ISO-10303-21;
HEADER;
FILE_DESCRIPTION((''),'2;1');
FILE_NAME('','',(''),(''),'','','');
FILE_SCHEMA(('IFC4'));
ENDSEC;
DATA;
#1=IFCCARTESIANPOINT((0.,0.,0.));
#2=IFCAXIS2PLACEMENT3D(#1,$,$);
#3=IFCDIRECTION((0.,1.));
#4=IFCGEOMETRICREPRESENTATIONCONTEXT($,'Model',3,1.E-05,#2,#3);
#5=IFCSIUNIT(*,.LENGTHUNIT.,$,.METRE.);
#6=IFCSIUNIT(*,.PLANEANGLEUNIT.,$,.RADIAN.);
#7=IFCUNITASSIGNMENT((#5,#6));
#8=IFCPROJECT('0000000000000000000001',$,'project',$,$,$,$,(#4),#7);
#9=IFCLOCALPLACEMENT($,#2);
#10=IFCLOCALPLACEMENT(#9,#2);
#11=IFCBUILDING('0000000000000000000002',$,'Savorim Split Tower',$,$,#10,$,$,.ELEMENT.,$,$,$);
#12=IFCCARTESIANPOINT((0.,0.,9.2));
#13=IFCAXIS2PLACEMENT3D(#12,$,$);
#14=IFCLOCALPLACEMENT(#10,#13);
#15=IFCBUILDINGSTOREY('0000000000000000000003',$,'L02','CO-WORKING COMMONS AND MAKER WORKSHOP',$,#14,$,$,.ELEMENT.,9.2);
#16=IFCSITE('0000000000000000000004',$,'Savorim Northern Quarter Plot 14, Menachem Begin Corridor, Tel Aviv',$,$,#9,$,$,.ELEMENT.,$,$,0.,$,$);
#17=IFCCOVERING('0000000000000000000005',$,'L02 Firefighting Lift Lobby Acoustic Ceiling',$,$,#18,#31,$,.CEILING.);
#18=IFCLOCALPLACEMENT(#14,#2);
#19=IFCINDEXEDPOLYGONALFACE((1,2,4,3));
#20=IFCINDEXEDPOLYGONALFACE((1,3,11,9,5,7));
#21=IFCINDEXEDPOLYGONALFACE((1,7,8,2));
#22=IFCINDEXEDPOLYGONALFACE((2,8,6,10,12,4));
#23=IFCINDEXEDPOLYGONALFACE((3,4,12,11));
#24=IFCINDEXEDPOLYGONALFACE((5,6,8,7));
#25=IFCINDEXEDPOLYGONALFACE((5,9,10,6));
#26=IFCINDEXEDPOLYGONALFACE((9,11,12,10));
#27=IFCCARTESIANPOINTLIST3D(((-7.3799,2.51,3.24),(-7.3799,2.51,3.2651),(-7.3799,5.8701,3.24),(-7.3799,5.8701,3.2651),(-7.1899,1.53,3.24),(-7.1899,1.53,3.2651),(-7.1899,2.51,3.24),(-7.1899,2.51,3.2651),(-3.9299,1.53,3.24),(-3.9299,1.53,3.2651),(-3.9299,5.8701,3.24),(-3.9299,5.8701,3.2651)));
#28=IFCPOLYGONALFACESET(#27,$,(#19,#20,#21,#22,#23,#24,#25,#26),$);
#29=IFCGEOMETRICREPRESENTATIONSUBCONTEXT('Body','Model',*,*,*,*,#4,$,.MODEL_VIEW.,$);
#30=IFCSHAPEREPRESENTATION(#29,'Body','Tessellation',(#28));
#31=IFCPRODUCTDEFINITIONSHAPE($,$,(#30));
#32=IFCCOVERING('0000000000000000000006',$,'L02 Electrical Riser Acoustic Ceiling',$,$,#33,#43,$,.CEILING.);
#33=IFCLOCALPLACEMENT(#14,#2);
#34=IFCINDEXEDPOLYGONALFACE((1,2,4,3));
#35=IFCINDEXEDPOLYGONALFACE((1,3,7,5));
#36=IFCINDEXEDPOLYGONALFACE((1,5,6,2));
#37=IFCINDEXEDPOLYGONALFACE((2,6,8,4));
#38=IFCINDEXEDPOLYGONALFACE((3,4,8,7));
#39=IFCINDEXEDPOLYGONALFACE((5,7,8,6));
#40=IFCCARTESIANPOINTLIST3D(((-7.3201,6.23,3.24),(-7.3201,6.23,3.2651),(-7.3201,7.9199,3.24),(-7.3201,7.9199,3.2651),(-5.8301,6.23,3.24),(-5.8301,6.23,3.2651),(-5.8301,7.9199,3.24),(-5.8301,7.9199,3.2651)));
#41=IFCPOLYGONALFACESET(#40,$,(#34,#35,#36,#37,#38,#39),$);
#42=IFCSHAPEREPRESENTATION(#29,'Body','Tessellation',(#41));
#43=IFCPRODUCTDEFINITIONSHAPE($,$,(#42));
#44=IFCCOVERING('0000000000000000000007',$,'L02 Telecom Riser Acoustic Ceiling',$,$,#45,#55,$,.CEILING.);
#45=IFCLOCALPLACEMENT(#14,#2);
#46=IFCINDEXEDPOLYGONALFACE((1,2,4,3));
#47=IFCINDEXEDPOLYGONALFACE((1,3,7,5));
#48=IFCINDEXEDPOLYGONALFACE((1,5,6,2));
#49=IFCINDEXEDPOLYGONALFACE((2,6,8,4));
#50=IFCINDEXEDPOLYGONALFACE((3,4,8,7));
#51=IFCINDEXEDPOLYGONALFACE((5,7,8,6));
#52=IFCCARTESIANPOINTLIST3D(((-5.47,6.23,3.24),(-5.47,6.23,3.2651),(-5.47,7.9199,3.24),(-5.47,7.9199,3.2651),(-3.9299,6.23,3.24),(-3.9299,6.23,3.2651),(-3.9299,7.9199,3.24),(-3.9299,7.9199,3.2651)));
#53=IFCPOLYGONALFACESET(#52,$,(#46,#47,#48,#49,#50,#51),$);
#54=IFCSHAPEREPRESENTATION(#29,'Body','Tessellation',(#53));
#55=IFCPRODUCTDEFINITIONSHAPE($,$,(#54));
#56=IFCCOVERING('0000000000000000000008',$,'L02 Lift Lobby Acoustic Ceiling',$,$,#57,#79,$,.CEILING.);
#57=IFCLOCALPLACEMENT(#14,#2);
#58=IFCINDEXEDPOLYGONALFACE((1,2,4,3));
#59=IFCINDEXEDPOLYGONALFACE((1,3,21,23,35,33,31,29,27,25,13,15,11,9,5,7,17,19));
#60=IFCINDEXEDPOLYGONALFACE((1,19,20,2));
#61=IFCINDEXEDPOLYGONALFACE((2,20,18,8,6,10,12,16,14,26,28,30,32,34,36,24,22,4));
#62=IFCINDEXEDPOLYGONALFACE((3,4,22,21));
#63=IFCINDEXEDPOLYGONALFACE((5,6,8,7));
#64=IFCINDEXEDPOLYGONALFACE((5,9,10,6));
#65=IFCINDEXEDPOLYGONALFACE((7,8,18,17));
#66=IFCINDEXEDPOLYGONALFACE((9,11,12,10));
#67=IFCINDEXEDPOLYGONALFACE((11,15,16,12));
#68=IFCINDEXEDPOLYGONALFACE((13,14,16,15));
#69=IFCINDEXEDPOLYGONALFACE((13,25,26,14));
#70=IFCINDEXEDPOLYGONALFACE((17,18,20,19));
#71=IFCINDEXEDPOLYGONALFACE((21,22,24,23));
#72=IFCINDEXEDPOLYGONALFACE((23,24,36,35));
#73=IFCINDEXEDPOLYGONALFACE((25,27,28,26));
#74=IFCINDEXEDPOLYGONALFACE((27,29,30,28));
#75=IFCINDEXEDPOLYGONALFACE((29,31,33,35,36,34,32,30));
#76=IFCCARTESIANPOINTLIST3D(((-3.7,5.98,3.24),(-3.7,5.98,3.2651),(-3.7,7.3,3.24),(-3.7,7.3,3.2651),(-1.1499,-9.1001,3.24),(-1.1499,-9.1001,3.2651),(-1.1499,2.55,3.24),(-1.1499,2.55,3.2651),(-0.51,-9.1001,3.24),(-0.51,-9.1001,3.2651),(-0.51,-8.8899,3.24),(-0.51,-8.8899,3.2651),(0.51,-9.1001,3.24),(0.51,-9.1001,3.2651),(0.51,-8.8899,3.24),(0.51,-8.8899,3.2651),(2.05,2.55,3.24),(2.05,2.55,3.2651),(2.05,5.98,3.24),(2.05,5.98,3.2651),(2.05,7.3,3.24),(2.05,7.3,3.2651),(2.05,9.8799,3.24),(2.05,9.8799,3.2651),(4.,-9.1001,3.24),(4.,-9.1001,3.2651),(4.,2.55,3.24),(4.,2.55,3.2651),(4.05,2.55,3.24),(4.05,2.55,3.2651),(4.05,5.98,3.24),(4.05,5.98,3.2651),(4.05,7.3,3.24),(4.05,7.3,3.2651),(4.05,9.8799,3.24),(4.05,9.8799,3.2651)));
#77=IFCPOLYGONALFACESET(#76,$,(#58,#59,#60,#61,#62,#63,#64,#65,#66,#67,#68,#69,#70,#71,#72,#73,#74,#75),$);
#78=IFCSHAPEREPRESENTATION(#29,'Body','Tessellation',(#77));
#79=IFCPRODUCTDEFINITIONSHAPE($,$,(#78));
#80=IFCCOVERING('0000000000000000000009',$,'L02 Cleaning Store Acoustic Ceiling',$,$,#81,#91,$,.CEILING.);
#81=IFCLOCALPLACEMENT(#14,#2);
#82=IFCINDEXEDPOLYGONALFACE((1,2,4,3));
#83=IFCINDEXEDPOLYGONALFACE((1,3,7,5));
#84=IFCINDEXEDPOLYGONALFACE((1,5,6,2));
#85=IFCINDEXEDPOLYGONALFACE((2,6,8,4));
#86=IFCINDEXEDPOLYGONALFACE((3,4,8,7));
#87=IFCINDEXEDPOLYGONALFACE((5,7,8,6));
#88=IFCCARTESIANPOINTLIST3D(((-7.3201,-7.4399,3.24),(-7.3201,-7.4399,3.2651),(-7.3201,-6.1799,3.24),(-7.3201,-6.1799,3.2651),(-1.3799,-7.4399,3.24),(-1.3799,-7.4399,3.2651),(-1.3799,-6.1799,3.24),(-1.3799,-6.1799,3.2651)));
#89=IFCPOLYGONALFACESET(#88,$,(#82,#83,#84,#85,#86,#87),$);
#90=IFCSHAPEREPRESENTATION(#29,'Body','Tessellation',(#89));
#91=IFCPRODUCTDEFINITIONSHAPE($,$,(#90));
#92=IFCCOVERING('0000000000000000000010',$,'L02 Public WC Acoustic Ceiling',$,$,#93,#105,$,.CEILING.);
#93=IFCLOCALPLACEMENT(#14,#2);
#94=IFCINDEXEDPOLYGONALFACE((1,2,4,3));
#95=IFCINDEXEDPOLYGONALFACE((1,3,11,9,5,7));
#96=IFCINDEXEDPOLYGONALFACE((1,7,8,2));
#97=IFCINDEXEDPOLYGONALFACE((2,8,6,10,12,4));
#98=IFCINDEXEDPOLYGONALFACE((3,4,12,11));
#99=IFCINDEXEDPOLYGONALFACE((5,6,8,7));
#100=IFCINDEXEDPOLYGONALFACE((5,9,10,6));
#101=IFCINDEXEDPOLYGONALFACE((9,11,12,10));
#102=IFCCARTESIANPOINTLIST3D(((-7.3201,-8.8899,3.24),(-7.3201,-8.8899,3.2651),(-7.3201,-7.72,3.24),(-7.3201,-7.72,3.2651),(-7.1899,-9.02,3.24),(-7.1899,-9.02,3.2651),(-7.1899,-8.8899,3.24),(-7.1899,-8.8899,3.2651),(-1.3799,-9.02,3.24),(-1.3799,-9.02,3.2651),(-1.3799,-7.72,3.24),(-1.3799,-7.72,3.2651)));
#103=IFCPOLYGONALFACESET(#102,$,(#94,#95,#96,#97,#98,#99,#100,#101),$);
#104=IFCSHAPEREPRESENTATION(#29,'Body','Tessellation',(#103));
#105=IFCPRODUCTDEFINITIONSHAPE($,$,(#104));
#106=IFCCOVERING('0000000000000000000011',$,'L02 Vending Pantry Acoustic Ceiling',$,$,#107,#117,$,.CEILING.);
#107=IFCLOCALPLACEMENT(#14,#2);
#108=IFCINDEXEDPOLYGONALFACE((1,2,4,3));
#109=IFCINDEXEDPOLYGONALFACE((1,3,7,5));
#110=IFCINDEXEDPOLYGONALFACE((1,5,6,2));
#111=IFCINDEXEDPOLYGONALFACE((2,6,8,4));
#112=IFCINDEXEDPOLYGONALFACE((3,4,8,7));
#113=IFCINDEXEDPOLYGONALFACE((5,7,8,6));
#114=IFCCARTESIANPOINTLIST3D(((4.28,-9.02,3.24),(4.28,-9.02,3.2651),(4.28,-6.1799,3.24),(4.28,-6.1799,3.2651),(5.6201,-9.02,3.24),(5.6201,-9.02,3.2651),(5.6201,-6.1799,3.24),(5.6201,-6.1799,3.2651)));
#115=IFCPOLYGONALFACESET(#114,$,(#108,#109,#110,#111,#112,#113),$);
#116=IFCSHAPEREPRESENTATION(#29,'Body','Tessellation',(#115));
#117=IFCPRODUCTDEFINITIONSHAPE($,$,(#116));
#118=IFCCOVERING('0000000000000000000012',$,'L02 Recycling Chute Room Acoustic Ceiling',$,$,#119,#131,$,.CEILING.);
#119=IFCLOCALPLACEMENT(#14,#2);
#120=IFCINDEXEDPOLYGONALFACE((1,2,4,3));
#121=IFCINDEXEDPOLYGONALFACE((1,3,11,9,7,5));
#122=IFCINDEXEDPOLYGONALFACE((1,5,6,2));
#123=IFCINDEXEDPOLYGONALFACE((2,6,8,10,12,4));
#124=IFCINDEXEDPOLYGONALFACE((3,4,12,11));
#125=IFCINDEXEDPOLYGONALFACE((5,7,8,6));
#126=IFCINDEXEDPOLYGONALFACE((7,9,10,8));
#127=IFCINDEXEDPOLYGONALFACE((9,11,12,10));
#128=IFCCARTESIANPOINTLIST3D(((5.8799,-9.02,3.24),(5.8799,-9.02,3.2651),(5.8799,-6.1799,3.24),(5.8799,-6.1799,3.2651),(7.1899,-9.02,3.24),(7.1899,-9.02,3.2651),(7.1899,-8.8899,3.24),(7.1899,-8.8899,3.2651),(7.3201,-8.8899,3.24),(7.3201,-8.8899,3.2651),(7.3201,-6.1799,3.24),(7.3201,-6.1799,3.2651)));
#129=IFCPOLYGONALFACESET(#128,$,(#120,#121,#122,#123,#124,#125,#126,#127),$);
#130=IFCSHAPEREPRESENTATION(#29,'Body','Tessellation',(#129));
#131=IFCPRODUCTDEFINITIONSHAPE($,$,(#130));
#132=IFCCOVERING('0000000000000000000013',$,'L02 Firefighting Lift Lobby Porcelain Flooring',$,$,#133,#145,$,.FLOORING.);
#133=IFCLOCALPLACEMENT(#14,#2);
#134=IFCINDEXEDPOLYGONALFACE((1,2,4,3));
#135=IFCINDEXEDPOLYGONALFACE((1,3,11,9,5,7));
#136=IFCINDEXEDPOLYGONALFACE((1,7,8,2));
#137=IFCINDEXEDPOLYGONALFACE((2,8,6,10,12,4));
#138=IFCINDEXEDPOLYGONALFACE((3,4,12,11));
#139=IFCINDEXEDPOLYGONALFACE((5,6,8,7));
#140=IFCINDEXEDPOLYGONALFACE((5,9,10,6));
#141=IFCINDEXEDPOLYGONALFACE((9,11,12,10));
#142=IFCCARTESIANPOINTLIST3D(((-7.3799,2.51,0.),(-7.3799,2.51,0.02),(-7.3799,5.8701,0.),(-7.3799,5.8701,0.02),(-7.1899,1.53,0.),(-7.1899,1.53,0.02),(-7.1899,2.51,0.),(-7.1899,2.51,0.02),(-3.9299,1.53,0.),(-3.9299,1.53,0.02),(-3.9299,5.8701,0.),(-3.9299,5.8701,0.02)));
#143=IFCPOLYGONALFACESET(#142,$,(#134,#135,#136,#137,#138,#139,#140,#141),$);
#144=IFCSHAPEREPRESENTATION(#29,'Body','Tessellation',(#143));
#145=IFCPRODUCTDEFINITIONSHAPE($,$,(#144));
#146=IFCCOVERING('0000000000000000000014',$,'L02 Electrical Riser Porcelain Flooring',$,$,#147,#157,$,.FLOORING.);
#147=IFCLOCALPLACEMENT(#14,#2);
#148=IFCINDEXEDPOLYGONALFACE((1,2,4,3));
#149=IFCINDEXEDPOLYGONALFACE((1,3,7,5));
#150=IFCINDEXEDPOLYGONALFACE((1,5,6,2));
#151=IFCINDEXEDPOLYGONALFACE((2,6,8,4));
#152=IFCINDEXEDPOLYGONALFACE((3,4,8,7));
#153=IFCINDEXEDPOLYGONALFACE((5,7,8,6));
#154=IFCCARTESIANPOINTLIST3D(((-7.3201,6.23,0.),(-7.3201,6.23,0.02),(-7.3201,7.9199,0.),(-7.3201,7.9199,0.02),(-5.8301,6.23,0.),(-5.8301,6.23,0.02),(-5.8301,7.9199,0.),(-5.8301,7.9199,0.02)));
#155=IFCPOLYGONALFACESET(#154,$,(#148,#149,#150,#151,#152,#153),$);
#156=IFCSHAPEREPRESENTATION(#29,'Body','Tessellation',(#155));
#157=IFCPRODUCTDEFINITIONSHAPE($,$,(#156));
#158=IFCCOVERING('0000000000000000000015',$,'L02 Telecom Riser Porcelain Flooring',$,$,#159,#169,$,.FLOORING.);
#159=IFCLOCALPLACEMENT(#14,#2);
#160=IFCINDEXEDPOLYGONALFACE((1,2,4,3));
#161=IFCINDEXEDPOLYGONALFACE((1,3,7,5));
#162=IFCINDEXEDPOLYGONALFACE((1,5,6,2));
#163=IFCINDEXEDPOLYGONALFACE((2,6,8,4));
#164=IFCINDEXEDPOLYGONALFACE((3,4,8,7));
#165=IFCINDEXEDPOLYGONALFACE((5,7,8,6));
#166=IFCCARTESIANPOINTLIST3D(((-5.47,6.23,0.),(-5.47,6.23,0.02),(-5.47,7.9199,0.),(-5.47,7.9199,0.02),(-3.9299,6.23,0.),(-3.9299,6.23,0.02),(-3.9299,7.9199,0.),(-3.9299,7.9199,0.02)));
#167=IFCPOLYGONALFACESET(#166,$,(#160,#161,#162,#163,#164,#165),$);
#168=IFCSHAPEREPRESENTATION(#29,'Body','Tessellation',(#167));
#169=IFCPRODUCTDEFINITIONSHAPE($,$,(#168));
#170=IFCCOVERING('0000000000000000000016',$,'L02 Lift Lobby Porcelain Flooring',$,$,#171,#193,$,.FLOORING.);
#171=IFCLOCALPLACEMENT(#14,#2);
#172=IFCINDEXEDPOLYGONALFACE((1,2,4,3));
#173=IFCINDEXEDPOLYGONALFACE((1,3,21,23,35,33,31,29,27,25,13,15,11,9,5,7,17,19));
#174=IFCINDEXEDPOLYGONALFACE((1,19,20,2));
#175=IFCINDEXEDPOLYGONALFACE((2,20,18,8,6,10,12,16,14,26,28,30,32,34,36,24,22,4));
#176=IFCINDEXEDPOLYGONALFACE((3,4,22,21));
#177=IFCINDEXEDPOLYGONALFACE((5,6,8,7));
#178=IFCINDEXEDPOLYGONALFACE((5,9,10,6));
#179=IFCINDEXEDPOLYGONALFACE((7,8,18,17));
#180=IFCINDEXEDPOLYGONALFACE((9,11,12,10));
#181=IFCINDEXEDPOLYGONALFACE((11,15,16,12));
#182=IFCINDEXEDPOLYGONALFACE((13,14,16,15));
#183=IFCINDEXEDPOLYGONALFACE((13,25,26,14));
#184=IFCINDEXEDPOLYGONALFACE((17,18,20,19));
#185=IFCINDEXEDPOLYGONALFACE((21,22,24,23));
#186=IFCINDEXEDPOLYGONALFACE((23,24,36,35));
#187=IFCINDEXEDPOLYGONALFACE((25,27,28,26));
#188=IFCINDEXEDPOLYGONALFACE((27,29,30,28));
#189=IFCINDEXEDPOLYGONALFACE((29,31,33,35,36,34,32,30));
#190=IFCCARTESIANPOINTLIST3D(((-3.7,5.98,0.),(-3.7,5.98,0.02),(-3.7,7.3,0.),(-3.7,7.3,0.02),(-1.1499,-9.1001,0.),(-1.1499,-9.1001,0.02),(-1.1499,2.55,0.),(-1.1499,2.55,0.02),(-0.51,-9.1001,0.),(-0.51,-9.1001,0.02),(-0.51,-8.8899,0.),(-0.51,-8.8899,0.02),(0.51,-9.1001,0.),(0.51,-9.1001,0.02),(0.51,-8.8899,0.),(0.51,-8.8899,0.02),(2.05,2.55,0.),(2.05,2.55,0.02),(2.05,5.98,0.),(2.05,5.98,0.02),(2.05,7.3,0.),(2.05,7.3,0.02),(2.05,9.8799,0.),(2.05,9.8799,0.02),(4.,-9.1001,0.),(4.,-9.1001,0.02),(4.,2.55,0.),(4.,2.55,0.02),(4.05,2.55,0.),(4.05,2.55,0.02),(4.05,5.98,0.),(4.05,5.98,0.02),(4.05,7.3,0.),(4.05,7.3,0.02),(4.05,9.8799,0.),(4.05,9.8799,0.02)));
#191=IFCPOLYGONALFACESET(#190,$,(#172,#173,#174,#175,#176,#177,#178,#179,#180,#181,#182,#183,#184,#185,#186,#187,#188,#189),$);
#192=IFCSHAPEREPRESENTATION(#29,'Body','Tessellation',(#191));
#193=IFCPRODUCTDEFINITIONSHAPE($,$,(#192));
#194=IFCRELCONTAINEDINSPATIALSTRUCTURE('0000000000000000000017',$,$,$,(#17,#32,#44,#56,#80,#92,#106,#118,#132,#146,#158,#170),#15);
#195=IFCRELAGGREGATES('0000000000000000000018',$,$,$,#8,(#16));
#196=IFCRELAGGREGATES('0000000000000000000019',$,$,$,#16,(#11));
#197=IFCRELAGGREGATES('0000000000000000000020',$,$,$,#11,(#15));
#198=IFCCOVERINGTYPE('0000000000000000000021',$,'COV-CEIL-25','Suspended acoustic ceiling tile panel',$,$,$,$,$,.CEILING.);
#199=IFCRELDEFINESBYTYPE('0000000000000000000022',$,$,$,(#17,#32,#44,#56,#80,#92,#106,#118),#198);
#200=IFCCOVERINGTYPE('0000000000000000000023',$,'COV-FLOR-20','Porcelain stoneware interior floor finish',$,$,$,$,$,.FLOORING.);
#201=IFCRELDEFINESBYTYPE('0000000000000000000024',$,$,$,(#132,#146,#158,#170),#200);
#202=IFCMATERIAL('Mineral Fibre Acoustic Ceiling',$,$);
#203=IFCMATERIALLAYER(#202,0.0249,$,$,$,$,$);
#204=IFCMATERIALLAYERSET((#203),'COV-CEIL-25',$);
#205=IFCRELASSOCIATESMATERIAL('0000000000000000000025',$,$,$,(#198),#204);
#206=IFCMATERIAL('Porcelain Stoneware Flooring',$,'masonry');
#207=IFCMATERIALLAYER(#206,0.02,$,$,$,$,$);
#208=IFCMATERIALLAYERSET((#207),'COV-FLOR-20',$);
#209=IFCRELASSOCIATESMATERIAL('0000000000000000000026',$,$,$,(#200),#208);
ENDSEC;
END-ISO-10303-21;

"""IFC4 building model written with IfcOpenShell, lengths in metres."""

from ifc_helpers import new_model, si_unit, direction, frame, origin, place, context, subcontext, project, spatial, polyline, outline, extrude, material, layer, layer_set, type_object, element, save


model = new_model("IFC4")

# Units and contexts
model_context = context("Model", 3, precision=1e-05, world=origin(), true_north=direction((0.0, 1.0)))
body_context = subcontext(model_context, "Body", "Model", "MODEL_VIEW")
ifc_project = project(units=[si_unit("LENGTHUNIT", "METRE"), si_unit("PLANEANGLEUNIT", "RADIAN")], contexts=[model_context])

# Site, building, storey
site_placement = place(None, origin())
site = spatial("IfcSite", under=ifc_project, at=site_placement, Name="Savorim Northern Quarter Plot 14, Menachem Begin Corridor, Tel Aviv", CompositionType="ELEMENT", RefElevation=0.0)
building_placement = place(site_placement, origin())
building = spatial("IfcBuilding", under=site, at=building_placement, Name="Savorim Split Tower", CompositionType="ELEMENT")
storey_placement = place(building_placement, frame((0.0, 0.0, 9.2)))
storey = spatial("IfcBuildingStorey", under=building, at=storey_placement, Name="L02", Description="CO-WORKING COMMONS AND MAKER WORKSHOP", CompositionType="ELEMENT", Elevation=9.2)

# Coverings
ifc_material_1 = material(Name="Mineral Fibre Acoustic Ceiling")
ifc_layer_1 = layer(ifc_material_1, 0.0249)
ifc_layer_set_1 = layer_set([ifc_layer_1], Name="COV-CEIL-25")
covering_type_1 = type_object("IfcCoveringType", Name="COV-CEIL-25", Description="Suspended acoustic ceiling tile panel", PredefinedType="CEILING", material=ifc_layer_set_1)
covering_1_placement = place(storey_placement, frame((0.0, 0.0, 3.24)))
element("IfcCovering", 1, at=covering_1_placement, inside=storey, type_object=covering_type_1, Name="L02 Firefighting Lift Lobby Acoustic Ceiling", PredefinedType="CEILING", context=body_context, shape_type="SweptSolid", body=[
    extrude(outline(polyline([(-3.9299, 5.8701), (-7.3799, 5.8701), (-7.3799, 2.51), (-7.1899, 2.51), (-7.1899, 1.53), (-3.9299, 1.53), (-3.9299, 5.8701)])), origin(), (0.0, 0.0, 1.0), 0.0251),
])
covering_2_placement = place(storey_placement, frame((0.0, 0.0, 3.24)))
element("IfcCovering", 2, at=covering_2_placement, inside=storey, type_object=covering_type_1, Name="L02 Electrical Riser Acoustic Ceiling", PredefinedType="CEILING", context=body_context, shape_type="SweptSolid", body=[
    extrude(outline(polyline([(-7.3201, 7.9199), (-7.3201, 6.23), (-5.8301, 6.23), (-5.8301, 7.9199), (-7.3201, 7.9199)])), origin(), (0.0, 0.0, 1.0), 0.0251),
])
covering_3_placement = place(storey_placement, frame((0.0, 0.0, 3.24)))
element("IfcCovering", 3, at=covering_3_placement, inside=storey, type_object=covering_type_1, Name="L02 Telecom Riser Acoustic Ceiling", PredefinedType="CEILING", context=body_context, shape_type="SweptSolid", body=[
    extrude(outline(polyline([(-5.47, 7.9199), (-5.47, 6.23), (-3.9299, 6.23), (-3.9299, 7.9199), (-5.47, 7.9199)])), origin(), (0.0, 0.0, 1.0), 0.0251),
])
covering_4_placement = place(storey_placement, frame((0.0, 0.0, 3.24)))
element("IfcCovering", 4, at=covering_4_placement, inside=storey, type_object=covering_type_1, Name="L02 Lift Lobby Acoustic Ceiling", PredefinedType="CEILING", context=body_context, shape_type="SweptSolid", body=[
    extrude(outline(polyline([(2.05, 2.55), (-1.1499, 2.55), (-1.1499, -9.1001), (-0.51, -9.1001), (-0.51, -8.8899), (0.51, -8.8899), (0.51, -9.1001), (4.0, -9.1001), (4.0, 2.55), (4.05, 2.55), (4.05, 5.98), (4.05, 7.3), (4.05, 9.8799), (2.05, 9.8799), (2.05, 7.3), (-3.7, 7.3), (-3.7, 5.98), (2.05, 5.98), (2.05, 2.55)])), origin(), (0.0, 0.0, 1.0), 0.0251),
])
covering_5_placement = place(storey_placement, frame((0.0, 0.0, 3.24)))
element("IfcCovering", 5, at=covering_5_placement, inside=storey, type_object=covering_type_1, Name="L02 Cleaning Store Acoustic Ceiling", PredefinedType="CEILING", context=body_context, shape_type="SweptSolid", body=[
    extrude(outline(polyline([(-7.3201, -6.1799), (-7.3201, -7.4399), (-1.3799, -7.4399), (-1.3799, -6.1799), (-7.3201, -6.1799)])), origin(), (0.0, 0.0, 1.0), 0.0251),
])
covering_6_placement = place(storey_placement, frame((0.0, 0.0, 3.24)))
element("IfcCovering", 6, at=covering_6_placement, inside=storey, type_object=covering_type_1, Name="L02 Public WC Acoustic Ceiling", PredefinedType="CEILING", context=body_context, shape_type="SweptSolid", body=[
    extrude(outline(polyline([(-1.3799, -7.72), (-7.3201, -7.72), (-7.3201, -8.8899), (-7.1899, -8.8899), (-7.1899, -9.02), (-1.3799, -9.02), (-1.3799, -7.72)])), origin(), (0.0, 0.0, 1.0), 0.0251),
])
covering_7_placement = place(storey_placement, frame((0.0, 0.0, 3.24)))
element("IfcCovering", 7, at=covering_7_placement, inside=storey, type_object=covering_type_1, Name="L02 Vending Pantry Acoustic Ceiling", PredefinedType="CEILING", context=body_context, shape_type="SweptSolid", body=[
    extrude(outline(polyline([(4.28, -6.1799), (4.28, -9.02), (5.6201, -9.02), (5.6201, -6.1799), (4.28, -6.1799)])), origin(), (0.0, 0.0, 1.0), 0.0251),
])
covering_8_placement = place(storey_placement, frame((0.0, 0.0, 3.24)))
element("IfcCovering", 8, at=covering_8_placement, inside=storey, type_object=covering_type_1, Name="L02 Recycling Chute Room Acoustic Ceiling", PredefinedType="CEILING", context=body_context, shape_type="SweptSolid", body=[
    extrude(outline(polyline([(5.8799, -6.1799), (5.8799, -9.02), (7.1899, -9.02), (7.1899, -8.8899), (7.3201, -8.8899), (7.3201, -6.1799), (5.8799, -6.1799)])), origin(), (0.0, 0.0, 1.0), 0.0251),
])
ifc_material_2 = material(Name="Porcelain Stoneware Flooring", Category="masonry")
ifc_layer_2 = layer(ifc_material_2, 0.02)
ifc_layer_set_2 = layer_set([ifc_layer_2], Name="COV-FLOR-20")
covering_type_2 = type_object("IfcCoveringType", Name="COV-FLOR-20", Description="Porcelain stoneware interior floor finish", PredefinedType="FLOORING", material=ifc_layer_set_2)
covering_9_placement = place(storey_placement, origin())
element("IfcCovering", 9, at=covering_9_placement, inside=storey, type_object=covering_type_2, Name="L02 Firefighting Lift Lobby Porcelain Flooring", PredefinedType="FLOORING", context=body_context, shape_type="SweptSolid", body=[
    extrude(outline(polyline([(-3.9299, 5.8701), (-7.3799, 5.8701), (-7.3799, 2.51), (-7.1899, 2.51), (-7.1899, 1.53), (-3.9299, 1.53), (-3.9299, 5.8701)])), origin(), (0.0, 0.0, 1.0), 0.02),
])
covering_10_placement = place(storey_placement, origin())
element("IfcCovering", 10, at=covering_10_placement, inside=storey, type_object=covering_type_2, Name="L02 Electrical Riser Porcelain Flooring", PredefinedType="FLOORING", context=body_context, shape_type="SweptSolid", body=[
    extrude(outline(polyline([(-7.3201, 7.9199), (-7.3201, 6.23), (-5.8301, 6.23), (-5.8301, 7.9199), (-7.3201, 7.9199)])), origin(), (0.0, 0.0, 1.0), 0.02),
])
covering_11_placement = place(storey_placement, origin())
element("IfcCovering", 11, at=covering_11_placement, inside=storey, type_object=covering_type_2, Name="L02 Telecom Riser Porcelain Flooring", PredefinedType="FLOORING", context=body_context, shape_type="SweptSolid", body=[
    extrude(outline(polyline([(-5.47, 7.9199), (-5.47, 6.23), (-3.9299, 6.23), (-3.9299, 7.9199), (-5.47, 7.9199)])), origin(), (0.0, 0.0, 1.0), 0.02),
])
covering_12_placement = place(storey_placement, origin())
element("IfcCovering", 12, at=covering_12_placement, inside=storey, type_object=covering_type_2, Name="L02 Lift Lobby Porcelain Flooring", PredefinedType="FLOORING", context=body_context, shape_type="SweptSolid", body=[
    extrude(outline(polyline([(2.05, 2.55), (-1.1499, 2.55), (-1.1499, -9.1001), (-0.51, -9.1001), (-0.51, -8.8899), (0.51, -8.8899), (0.51, -9.1001), (4.0, -9.1001), (4.0, 2.55), (4.05, 2.55), (4.05, 5.98), (4.05, 7.3), (4.05, 9.8799), (2.05, 9.8799), (2.05, 7.3), (-3.7, 7.3), (-3.7, 5.98), (2.05, 5.98), (2.05, 2.55)])), origin(), (0.0, 0.0, 1.0), 0.02),
])

save(model, "model.ifc")
